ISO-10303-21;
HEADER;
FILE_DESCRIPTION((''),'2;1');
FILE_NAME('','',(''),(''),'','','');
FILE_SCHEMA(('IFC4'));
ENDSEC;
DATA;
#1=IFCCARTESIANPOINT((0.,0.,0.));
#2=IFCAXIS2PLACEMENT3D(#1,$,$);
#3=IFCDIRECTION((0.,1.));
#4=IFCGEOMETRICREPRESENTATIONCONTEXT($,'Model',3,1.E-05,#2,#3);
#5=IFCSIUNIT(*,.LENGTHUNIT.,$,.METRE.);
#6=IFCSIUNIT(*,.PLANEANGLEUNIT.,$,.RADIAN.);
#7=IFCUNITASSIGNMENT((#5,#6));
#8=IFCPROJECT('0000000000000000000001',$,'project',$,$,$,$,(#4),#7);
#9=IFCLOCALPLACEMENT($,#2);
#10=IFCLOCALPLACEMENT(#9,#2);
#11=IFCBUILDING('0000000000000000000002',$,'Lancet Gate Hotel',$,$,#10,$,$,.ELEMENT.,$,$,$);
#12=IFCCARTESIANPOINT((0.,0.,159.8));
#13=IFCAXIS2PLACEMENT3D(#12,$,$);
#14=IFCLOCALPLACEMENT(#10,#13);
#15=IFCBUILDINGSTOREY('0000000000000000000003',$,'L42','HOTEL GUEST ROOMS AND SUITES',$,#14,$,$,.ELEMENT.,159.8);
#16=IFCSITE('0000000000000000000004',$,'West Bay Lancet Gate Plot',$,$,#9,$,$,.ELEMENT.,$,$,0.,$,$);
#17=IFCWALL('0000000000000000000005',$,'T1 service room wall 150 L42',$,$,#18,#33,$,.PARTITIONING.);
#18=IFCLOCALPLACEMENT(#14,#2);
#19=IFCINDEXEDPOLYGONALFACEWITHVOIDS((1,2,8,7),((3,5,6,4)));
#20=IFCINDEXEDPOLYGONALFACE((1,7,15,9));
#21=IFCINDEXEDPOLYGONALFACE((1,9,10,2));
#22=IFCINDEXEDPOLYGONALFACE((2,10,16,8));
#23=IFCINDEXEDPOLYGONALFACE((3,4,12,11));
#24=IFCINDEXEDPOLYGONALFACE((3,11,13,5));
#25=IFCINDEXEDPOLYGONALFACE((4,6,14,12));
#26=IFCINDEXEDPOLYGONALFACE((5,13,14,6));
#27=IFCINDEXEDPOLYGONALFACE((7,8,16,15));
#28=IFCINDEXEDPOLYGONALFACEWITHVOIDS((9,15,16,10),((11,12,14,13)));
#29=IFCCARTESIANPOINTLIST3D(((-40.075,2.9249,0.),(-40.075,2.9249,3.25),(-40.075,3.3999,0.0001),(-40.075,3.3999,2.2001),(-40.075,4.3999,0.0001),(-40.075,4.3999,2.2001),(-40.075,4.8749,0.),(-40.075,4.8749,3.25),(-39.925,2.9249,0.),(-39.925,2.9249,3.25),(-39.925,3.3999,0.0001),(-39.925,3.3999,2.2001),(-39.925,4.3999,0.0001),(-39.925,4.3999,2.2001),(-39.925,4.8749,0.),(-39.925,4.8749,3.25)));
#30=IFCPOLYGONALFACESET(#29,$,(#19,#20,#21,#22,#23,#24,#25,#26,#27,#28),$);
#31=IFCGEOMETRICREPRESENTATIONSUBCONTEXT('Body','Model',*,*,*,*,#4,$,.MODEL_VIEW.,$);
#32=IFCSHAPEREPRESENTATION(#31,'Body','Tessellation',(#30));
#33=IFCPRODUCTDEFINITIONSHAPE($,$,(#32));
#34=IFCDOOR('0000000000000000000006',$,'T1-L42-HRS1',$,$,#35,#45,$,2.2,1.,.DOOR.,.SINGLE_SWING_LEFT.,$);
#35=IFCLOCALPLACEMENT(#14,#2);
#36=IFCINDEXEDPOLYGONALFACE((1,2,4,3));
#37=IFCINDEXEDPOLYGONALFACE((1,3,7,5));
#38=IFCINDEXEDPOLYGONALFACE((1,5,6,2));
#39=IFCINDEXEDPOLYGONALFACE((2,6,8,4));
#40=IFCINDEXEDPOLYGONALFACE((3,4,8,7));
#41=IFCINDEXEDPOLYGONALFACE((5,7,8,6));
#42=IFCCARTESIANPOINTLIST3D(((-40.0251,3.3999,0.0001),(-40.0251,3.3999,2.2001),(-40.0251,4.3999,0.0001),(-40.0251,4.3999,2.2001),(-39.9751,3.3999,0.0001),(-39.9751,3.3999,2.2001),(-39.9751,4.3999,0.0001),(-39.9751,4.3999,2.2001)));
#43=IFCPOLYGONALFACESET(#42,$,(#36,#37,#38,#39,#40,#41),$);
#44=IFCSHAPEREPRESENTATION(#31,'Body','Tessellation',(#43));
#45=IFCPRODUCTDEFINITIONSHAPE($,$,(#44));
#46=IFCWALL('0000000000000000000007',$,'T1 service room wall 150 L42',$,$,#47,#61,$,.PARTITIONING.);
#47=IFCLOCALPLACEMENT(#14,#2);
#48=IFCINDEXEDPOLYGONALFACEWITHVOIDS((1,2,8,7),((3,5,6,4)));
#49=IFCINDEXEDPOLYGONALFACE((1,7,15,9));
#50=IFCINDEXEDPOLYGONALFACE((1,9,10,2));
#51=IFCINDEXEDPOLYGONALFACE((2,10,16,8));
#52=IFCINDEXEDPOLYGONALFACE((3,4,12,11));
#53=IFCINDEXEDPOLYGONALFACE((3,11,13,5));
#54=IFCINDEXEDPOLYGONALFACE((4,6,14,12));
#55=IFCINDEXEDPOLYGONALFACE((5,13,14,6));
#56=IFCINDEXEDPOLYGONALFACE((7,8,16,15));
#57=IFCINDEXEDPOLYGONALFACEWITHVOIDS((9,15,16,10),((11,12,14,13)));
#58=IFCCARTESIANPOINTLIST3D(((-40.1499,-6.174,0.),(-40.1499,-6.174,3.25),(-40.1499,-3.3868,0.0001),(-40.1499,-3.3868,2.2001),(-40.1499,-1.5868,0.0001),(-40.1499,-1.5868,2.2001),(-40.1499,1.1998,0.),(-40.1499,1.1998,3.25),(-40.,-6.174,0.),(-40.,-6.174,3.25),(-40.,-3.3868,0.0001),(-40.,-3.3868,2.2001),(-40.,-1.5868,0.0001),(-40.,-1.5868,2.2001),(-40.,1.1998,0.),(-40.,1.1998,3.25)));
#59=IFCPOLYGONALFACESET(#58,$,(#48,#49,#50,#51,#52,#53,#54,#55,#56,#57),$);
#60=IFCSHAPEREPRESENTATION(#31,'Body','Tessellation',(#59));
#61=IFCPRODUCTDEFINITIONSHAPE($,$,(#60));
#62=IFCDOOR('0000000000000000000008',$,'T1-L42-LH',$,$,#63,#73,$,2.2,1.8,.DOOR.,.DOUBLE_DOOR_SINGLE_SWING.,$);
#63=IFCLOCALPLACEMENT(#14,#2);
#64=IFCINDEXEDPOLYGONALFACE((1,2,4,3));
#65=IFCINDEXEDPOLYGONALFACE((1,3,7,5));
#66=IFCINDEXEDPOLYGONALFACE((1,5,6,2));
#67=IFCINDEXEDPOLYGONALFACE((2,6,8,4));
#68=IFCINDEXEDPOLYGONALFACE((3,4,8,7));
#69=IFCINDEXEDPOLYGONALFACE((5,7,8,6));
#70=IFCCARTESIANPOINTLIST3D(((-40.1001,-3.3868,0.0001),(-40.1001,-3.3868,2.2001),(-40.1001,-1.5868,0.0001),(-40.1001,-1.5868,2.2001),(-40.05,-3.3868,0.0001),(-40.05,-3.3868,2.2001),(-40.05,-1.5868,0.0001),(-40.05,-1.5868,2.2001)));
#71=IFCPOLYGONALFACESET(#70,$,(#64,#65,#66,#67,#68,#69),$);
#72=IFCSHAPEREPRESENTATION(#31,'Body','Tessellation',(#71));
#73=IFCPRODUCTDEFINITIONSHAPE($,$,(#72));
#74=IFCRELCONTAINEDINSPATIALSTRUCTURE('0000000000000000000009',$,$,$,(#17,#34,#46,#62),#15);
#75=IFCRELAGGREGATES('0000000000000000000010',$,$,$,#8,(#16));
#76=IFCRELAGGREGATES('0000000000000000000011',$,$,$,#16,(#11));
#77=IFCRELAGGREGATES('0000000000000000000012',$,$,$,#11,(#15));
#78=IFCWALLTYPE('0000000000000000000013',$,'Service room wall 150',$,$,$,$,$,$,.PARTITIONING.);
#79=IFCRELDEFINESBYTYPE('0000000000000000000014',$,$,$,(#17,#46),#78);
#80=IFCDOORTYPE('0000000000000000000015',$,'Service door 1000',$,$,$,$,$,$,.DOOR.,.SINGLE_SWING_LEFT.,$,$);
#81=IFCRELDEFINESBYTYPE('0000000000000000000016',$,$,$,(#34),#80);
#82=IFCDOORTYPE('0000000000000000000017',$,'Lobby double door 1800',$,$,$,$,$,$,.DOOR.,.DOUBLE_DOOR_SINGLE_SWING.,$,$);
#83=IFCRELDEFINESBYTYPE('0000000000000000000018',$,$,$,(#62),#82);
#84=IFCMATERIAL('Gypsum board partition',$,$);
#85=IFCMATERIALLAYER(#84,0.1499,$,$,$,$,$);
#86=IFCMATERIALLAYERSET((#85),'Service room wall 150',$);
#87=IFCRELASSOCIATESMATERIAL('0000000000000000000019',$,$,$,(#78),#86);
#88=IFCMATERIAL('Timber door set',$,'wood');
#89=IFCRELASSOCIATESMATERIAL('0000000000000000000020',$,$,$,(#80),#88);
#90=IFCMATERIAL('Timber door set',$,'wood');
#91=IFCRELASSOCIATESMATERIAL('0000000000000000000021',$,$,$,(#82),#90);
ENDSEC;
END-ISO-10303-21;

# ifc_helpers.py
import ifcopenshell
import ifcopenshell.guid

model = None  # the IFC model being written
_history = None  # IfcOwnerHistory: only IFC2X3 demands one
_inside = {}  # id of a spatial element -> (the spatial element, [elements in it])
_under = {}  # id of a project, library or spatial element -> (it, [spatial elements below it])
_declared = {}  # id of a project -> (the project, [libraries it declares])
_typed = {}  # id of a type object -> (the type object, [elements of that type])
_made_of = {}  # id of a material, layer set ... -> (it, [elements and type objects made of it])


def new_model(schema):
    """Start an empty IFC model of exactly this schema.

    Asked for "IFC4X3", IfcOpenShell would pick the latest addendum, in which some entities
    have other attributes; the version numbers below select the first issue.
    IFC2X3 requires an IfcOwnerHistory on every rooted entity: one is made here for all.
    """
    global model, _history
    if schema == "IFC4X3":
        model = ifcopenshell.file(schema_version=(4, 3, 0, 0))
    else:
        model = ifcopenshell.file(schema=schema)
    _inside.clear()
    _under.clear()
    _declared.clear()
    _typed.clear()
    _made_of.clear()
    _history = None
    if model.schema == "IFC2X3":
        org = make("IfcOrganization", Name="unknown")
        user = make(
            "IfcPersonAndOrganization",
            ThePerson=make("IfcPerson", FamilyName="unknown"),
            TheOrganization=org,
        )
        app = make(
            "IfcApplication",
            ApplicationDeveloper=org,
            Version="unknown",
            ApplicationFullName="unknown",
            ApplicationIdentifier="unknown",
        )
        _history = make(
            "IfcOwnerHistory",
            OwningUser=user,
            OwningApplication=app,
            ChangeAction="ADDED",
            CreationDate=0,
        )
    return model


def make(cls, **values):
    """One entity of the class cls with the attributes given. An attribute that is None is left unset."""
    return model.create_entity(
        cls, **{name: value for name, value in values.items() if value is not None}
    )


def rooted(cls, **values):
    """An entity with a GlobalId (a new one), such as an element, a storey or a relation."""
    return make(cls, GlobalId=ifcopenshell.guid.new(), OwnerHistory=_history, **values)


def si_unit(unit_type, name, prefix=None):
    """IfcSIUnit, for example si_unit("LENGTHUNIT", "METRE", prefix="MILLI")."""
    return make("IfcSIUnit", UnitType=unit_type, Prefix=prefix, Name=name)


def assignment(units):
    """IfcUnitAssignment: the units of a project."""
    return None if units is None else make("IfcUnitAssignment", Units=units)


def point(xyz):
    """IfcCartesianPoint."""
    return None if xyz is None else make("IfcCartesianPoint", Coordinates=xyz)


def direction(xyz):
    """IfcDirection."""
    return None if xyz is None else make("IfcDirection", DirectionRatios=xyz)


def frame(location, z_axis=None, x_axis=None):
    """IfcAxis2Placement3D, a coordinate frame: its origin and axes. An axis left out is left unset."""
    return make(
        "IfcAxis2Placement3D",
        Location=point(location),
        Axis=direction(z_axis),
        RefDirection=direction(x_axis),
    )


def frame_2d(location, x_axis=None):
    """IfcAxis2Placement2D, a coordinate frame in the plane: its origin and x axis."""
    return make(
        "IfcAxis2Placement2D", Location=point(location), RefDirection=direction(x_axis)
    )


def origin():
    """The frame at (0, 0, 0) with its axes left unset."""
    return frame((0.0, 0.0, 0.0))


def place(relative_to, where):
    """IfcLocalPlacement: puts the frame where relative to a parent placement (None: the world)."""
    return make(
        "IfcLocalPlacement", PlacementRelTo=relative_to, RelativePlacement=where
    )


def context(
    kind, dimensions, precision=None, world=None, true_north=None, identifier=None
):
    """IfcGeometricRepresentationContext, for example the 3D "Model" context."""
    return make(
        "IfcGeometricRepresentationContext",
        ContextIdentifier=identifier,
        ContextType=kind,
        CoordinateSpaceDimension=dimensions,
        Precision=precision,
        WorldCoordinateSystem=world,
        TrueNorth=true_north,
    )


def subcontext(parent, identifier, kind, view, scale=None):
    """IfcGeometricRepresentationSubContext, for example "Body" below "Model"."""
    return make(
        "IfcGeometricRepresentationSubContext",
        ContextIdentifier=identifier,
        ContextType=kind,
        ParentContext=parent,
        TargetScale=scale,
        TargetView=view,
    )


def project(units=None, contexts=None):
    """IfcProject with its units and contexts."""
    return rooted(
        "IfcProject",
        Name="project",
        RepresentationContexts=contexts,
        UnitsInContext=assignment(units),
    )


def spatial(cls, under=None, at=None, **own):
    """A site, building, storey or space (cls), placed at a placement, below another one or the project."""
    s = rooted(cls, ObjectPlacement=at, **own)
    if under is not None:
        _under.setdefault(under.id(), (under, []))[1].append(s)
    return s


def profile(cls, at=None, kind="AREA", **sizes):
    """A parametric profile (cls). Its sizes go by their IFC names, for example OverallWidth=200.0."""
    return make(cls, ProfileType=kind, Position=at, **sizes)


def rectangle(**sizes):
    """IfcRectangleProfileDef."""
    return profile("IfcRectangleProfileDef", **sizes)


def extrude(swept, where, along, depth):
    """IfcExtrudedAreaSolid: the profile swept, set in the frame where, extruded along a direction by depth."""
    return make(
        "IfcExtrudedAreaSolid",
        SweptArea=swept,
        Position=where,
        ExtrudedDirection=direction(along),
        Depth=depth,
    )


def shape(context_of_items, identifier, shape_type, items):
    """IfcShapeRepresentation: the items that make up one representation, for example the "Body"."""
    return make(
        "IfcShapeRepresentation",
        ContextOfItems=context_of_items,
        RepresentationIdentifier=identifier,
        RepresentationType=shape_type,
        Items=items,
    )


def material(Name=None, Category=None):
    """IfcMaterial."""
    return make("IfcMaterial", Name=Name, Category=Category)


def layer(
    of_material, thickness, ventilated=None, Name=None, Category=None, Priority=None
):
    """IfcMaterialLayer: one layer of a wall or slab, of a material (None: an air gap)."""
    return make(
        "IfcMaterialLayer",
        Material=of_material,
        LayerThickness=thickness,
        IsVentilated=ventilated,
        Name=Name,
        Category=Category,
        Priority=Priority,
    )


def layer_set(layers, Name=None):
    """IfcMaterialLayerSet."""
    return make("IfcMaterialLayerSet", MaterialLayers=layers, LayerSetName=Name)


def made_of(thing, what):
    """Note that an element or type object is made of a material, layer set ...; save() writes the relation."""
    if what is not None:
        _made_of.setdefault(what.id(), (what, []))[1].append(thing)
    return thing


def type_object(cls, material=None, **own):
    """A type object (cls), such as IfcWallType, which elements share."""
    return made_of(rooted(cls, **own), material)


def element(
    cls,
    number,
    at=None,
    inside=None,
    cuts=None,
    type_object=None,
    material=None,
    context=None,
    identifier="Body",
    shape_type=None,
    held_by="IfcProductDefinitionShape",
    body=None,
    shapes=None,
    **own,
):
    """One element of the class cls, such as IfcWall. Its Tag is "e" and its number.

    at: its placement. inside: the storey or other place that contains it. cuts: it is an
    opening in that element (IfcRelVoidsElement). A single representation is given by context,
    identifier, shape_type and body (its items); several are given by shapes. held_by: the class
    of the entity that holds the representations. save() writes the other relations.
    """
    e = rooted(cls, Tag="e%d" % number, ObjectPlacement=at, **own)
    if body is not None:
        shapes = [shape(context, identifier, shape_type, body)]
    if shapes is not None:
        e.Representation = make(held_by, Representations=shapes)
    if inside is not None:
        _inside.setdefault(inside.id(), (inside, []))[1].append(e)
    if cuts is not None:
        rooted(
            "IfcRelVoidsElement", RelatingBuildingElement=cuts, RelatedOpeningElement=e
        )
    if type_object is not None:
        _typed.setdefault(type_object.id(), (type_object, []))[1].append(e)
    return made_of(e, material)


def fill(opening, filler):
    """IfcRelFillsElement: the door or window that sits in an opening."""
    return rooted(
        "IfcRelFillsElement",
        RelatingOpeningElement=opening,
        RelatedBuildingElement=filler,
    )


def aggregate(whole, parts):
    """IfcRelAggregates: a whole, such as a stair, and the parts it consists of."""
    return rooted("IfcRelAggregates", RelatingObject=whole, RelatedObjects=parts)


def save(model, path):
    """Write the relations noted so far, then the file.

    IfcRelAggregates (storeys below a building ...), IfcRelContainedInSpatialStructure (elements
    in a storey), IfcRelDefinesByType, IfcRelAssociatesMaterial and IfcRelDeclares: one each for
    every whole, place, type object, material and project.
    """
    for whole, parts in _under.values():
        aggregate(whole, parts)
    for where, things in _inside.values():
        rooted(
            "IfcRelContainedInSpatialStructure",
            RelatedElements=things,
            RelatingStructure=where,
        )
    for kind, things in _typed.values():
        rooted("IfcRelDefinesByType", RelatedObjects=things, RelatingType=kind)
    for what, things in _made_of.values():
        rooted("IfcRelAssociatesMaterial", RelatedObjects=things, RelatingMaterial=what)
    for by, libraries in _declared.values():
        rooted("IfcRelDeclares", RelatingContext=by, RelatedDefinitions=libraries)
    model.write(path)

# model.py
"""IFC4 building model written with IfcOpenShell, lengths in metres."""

from ifc_helpers import new_model, si_unit, direction, frame, frame_2d, origin, place, context, subcontext, project, spatial, rectangle, extrude, material, layer, layer_set, type_object, element, fill, save


model = new_model("IFC4")

# Units and contexts
model_context = context("Model", 3, precision=1e-05, world=origin(), true_north=direction((0.0, 1.0)))
body_context = subcontext(model_context, "Body", "Model", "MODEL_VIEW")
ifc_project = project(units=[si_unit("LENGTHUNIT", "METRE"), si_unit("PLANEANGLEUNIT", "RADIAN")], contexts=[model_context])

# Site, building, storey
site_placement = place(None, origin())
site = spatial("IfcSite", under=ifc_project, at=site_placement, Name="West Bay Lancet Gate Plot", CompositionType="ELEMENT", RefElevation=0.0)
building_placement = place(site_placement, origin())
building = spatial("IfcBuilding", under=site, at=building_placement, Name="Lancet Gate Hotel", CompositionType="ELEMENT")
storey_placement = place(building_placement, frame((0.0, 0.0, 159.8)))
storey = spatial("IfcBuildingStorey", under=building, at=storey_placement, Name="L42", Description="HOTEL GUEST ROOMS AND SUITES", CompositionType="ELEMENT", Elevation=159.8)

# Walls, openings, doors
ifc_material_1 = material(Name="Gypsum board partition")
ifc_layer_1 = layer(ifc_material_1, 0.1499)
ifc_layer_set_1 = layer_set([ifc_layer_1], Name="Service room wall 150")
wall_type_1 = type_object("IfcWallType", Name="Service room wall 150", PredefinedType="PARTITIONING", material=ifc_layer_set_1)
ifc_material_2 = material(Name="Timber door set", Category="wood")
door_type_1 = type_object("IfcDoorType", Name="Service door 1000", OperationType="SINGLE_SWING_LEFT", PredefinedType="DOOR", material=ifc_material_2)
wall_1_placement = place(storey_placement, frame((-40.0, 4.875, 0.0), z_axis=(0.0, 0.0, 1.0), x_axis=(0.0, -1.0, 0.0)))
wall_1 = element("IfcWall", 1, at=wall_1_placement, inside=storey, type_object=wall_type_1, Name="T1 service room wall 150 L42", PredefinedType="PARTITIONING", context=body_context, shape_type="SweptSolid", body=[
    extrude(rectangle(XDim=1.95, YDim=0.1499, at=frame_2d((0.9751, 0.0))), origin(), (0.0, 0.0, 1.0), 3.25),
])
opening_1_placement = place(wall_1_placement, frame((0.4751, 0.0, 0.0)))
opening_1 = element("IfcOpeningElement", 2, at=opening_1_placement, cuts=wall_1, PredefinedType="OPENING", context=body_context, shape_type="SweptSolid", body=[
    extrude(rectangle(XDim=1.0, YDim=2.2, at=frame_2d((0.5, 1.1001))), frame((0.0, 0.085, 0.0), z_axis=(0.0, -1.0, 0.0), x_axis=(1.0, 0.0, 0.0)), (0.0, 0.0, 1.0), 0.1699),
])
door_1_placement = place(opening_1_placement, origin())
door_1 = element("IfcDoor", 3, at=door_1_placement, inside=storey, type_object=door_type_1, Name="T1-L42-HRS1", OperationType="SINGLE_SWING_LEFT", OverallHeight=2.2, OverallWidth=1.0, PredefinedType="DOOR", context=body_context, shape_type="SweptSolid", body=[
    extrude(rectangle(XDim=1.0, YDim=2.2, at=frame_2d((0.5, 1.1001))), frame((0.0, 0.0249, 0.0), z_axis=(0.0, -1.0, 0.0), x_axis=(1.0, 0.0, 0.0)), (0.0, 0.0, 1.0), 0.05),
])
fill(opening_1, door_1)
wall_2_placement = place(storey_placement, frame((-40.075, 1.2, 0.0), z_axis=(0.0, 0.0, 1.0), x_axis=(0.0, -1.0, 0.0)))
wall_2 = element("IfcWall", 4, at=wall_2_placement, inside=storey, type_object=wall_type_1, Name="T1 service room wall 150 L42", PredefinedType="PARTITIONING", context=body_context, shape_type="SweptSolid", body=[
    extrude(rectangle(XDim=7.3738, YDim=0.1499, at=frame_2d((3.687, 0.0))), origin(), (0.0, 0.0, 1.0), 3.25),
])
opening_2_placement = place(wall_2_placement, frame((2.7869, 0.0, 0.0)))
opening_2 = element("IfcOpeningElement", 5, at=opening_2_placement, cuts=wall_2, PredefinedType="OPENING", context=body_context, shape_type="SweptSolid", body=[
    extrude(rectangle(XDim=1.8, YDim=2.2, at=frame_2d((0.8999, 1.1001))), frame((0.0, 0.085, 0.0), z_axis=(0.0, -1.0, 0.0), x_axis=(1.0, 0.0, 0.0)), (0.0, 0.0, 1.0), 0.1699),
])
ifc_material_3 = material(Name="Timber door set", Category="wood")
door_type_2 = type_object("IfcDoorType", Name="Lobby double door 1800", OperationType="DOUBLE_DOOR_SINGLE_SWING", PredefinedType="DOOR", material=ifc_material_3)
door_2_placement = place(opening_2_placement, origin())
door_2 = element("IfcDoor", 6, at=door_2_placement, inside=storey, type_object=door_type_2, Name="T1-L42-LH", OperationType="DOUBLE_DOOR_SINGLE_SWING", OverallHeight=2.2, OverallWidth=1.8, PredefinedType="DOOR", context=body_context, shape_type="SweptSolid", body=[
    extrude(rectangle(XDim=1.8, YDim=2.2, at=frame_2d((0.8999, 1.1001))), frame((0.0, 0.0249, 0.0), z_axis=(0.0, -1.0, 0.0), x_axis=(1.0, 0.0, 0.0)), (0.0, 0.0, 1.0), 0.05),
])
fill(opening_2, door_2)

save(model, "model.ifc")
